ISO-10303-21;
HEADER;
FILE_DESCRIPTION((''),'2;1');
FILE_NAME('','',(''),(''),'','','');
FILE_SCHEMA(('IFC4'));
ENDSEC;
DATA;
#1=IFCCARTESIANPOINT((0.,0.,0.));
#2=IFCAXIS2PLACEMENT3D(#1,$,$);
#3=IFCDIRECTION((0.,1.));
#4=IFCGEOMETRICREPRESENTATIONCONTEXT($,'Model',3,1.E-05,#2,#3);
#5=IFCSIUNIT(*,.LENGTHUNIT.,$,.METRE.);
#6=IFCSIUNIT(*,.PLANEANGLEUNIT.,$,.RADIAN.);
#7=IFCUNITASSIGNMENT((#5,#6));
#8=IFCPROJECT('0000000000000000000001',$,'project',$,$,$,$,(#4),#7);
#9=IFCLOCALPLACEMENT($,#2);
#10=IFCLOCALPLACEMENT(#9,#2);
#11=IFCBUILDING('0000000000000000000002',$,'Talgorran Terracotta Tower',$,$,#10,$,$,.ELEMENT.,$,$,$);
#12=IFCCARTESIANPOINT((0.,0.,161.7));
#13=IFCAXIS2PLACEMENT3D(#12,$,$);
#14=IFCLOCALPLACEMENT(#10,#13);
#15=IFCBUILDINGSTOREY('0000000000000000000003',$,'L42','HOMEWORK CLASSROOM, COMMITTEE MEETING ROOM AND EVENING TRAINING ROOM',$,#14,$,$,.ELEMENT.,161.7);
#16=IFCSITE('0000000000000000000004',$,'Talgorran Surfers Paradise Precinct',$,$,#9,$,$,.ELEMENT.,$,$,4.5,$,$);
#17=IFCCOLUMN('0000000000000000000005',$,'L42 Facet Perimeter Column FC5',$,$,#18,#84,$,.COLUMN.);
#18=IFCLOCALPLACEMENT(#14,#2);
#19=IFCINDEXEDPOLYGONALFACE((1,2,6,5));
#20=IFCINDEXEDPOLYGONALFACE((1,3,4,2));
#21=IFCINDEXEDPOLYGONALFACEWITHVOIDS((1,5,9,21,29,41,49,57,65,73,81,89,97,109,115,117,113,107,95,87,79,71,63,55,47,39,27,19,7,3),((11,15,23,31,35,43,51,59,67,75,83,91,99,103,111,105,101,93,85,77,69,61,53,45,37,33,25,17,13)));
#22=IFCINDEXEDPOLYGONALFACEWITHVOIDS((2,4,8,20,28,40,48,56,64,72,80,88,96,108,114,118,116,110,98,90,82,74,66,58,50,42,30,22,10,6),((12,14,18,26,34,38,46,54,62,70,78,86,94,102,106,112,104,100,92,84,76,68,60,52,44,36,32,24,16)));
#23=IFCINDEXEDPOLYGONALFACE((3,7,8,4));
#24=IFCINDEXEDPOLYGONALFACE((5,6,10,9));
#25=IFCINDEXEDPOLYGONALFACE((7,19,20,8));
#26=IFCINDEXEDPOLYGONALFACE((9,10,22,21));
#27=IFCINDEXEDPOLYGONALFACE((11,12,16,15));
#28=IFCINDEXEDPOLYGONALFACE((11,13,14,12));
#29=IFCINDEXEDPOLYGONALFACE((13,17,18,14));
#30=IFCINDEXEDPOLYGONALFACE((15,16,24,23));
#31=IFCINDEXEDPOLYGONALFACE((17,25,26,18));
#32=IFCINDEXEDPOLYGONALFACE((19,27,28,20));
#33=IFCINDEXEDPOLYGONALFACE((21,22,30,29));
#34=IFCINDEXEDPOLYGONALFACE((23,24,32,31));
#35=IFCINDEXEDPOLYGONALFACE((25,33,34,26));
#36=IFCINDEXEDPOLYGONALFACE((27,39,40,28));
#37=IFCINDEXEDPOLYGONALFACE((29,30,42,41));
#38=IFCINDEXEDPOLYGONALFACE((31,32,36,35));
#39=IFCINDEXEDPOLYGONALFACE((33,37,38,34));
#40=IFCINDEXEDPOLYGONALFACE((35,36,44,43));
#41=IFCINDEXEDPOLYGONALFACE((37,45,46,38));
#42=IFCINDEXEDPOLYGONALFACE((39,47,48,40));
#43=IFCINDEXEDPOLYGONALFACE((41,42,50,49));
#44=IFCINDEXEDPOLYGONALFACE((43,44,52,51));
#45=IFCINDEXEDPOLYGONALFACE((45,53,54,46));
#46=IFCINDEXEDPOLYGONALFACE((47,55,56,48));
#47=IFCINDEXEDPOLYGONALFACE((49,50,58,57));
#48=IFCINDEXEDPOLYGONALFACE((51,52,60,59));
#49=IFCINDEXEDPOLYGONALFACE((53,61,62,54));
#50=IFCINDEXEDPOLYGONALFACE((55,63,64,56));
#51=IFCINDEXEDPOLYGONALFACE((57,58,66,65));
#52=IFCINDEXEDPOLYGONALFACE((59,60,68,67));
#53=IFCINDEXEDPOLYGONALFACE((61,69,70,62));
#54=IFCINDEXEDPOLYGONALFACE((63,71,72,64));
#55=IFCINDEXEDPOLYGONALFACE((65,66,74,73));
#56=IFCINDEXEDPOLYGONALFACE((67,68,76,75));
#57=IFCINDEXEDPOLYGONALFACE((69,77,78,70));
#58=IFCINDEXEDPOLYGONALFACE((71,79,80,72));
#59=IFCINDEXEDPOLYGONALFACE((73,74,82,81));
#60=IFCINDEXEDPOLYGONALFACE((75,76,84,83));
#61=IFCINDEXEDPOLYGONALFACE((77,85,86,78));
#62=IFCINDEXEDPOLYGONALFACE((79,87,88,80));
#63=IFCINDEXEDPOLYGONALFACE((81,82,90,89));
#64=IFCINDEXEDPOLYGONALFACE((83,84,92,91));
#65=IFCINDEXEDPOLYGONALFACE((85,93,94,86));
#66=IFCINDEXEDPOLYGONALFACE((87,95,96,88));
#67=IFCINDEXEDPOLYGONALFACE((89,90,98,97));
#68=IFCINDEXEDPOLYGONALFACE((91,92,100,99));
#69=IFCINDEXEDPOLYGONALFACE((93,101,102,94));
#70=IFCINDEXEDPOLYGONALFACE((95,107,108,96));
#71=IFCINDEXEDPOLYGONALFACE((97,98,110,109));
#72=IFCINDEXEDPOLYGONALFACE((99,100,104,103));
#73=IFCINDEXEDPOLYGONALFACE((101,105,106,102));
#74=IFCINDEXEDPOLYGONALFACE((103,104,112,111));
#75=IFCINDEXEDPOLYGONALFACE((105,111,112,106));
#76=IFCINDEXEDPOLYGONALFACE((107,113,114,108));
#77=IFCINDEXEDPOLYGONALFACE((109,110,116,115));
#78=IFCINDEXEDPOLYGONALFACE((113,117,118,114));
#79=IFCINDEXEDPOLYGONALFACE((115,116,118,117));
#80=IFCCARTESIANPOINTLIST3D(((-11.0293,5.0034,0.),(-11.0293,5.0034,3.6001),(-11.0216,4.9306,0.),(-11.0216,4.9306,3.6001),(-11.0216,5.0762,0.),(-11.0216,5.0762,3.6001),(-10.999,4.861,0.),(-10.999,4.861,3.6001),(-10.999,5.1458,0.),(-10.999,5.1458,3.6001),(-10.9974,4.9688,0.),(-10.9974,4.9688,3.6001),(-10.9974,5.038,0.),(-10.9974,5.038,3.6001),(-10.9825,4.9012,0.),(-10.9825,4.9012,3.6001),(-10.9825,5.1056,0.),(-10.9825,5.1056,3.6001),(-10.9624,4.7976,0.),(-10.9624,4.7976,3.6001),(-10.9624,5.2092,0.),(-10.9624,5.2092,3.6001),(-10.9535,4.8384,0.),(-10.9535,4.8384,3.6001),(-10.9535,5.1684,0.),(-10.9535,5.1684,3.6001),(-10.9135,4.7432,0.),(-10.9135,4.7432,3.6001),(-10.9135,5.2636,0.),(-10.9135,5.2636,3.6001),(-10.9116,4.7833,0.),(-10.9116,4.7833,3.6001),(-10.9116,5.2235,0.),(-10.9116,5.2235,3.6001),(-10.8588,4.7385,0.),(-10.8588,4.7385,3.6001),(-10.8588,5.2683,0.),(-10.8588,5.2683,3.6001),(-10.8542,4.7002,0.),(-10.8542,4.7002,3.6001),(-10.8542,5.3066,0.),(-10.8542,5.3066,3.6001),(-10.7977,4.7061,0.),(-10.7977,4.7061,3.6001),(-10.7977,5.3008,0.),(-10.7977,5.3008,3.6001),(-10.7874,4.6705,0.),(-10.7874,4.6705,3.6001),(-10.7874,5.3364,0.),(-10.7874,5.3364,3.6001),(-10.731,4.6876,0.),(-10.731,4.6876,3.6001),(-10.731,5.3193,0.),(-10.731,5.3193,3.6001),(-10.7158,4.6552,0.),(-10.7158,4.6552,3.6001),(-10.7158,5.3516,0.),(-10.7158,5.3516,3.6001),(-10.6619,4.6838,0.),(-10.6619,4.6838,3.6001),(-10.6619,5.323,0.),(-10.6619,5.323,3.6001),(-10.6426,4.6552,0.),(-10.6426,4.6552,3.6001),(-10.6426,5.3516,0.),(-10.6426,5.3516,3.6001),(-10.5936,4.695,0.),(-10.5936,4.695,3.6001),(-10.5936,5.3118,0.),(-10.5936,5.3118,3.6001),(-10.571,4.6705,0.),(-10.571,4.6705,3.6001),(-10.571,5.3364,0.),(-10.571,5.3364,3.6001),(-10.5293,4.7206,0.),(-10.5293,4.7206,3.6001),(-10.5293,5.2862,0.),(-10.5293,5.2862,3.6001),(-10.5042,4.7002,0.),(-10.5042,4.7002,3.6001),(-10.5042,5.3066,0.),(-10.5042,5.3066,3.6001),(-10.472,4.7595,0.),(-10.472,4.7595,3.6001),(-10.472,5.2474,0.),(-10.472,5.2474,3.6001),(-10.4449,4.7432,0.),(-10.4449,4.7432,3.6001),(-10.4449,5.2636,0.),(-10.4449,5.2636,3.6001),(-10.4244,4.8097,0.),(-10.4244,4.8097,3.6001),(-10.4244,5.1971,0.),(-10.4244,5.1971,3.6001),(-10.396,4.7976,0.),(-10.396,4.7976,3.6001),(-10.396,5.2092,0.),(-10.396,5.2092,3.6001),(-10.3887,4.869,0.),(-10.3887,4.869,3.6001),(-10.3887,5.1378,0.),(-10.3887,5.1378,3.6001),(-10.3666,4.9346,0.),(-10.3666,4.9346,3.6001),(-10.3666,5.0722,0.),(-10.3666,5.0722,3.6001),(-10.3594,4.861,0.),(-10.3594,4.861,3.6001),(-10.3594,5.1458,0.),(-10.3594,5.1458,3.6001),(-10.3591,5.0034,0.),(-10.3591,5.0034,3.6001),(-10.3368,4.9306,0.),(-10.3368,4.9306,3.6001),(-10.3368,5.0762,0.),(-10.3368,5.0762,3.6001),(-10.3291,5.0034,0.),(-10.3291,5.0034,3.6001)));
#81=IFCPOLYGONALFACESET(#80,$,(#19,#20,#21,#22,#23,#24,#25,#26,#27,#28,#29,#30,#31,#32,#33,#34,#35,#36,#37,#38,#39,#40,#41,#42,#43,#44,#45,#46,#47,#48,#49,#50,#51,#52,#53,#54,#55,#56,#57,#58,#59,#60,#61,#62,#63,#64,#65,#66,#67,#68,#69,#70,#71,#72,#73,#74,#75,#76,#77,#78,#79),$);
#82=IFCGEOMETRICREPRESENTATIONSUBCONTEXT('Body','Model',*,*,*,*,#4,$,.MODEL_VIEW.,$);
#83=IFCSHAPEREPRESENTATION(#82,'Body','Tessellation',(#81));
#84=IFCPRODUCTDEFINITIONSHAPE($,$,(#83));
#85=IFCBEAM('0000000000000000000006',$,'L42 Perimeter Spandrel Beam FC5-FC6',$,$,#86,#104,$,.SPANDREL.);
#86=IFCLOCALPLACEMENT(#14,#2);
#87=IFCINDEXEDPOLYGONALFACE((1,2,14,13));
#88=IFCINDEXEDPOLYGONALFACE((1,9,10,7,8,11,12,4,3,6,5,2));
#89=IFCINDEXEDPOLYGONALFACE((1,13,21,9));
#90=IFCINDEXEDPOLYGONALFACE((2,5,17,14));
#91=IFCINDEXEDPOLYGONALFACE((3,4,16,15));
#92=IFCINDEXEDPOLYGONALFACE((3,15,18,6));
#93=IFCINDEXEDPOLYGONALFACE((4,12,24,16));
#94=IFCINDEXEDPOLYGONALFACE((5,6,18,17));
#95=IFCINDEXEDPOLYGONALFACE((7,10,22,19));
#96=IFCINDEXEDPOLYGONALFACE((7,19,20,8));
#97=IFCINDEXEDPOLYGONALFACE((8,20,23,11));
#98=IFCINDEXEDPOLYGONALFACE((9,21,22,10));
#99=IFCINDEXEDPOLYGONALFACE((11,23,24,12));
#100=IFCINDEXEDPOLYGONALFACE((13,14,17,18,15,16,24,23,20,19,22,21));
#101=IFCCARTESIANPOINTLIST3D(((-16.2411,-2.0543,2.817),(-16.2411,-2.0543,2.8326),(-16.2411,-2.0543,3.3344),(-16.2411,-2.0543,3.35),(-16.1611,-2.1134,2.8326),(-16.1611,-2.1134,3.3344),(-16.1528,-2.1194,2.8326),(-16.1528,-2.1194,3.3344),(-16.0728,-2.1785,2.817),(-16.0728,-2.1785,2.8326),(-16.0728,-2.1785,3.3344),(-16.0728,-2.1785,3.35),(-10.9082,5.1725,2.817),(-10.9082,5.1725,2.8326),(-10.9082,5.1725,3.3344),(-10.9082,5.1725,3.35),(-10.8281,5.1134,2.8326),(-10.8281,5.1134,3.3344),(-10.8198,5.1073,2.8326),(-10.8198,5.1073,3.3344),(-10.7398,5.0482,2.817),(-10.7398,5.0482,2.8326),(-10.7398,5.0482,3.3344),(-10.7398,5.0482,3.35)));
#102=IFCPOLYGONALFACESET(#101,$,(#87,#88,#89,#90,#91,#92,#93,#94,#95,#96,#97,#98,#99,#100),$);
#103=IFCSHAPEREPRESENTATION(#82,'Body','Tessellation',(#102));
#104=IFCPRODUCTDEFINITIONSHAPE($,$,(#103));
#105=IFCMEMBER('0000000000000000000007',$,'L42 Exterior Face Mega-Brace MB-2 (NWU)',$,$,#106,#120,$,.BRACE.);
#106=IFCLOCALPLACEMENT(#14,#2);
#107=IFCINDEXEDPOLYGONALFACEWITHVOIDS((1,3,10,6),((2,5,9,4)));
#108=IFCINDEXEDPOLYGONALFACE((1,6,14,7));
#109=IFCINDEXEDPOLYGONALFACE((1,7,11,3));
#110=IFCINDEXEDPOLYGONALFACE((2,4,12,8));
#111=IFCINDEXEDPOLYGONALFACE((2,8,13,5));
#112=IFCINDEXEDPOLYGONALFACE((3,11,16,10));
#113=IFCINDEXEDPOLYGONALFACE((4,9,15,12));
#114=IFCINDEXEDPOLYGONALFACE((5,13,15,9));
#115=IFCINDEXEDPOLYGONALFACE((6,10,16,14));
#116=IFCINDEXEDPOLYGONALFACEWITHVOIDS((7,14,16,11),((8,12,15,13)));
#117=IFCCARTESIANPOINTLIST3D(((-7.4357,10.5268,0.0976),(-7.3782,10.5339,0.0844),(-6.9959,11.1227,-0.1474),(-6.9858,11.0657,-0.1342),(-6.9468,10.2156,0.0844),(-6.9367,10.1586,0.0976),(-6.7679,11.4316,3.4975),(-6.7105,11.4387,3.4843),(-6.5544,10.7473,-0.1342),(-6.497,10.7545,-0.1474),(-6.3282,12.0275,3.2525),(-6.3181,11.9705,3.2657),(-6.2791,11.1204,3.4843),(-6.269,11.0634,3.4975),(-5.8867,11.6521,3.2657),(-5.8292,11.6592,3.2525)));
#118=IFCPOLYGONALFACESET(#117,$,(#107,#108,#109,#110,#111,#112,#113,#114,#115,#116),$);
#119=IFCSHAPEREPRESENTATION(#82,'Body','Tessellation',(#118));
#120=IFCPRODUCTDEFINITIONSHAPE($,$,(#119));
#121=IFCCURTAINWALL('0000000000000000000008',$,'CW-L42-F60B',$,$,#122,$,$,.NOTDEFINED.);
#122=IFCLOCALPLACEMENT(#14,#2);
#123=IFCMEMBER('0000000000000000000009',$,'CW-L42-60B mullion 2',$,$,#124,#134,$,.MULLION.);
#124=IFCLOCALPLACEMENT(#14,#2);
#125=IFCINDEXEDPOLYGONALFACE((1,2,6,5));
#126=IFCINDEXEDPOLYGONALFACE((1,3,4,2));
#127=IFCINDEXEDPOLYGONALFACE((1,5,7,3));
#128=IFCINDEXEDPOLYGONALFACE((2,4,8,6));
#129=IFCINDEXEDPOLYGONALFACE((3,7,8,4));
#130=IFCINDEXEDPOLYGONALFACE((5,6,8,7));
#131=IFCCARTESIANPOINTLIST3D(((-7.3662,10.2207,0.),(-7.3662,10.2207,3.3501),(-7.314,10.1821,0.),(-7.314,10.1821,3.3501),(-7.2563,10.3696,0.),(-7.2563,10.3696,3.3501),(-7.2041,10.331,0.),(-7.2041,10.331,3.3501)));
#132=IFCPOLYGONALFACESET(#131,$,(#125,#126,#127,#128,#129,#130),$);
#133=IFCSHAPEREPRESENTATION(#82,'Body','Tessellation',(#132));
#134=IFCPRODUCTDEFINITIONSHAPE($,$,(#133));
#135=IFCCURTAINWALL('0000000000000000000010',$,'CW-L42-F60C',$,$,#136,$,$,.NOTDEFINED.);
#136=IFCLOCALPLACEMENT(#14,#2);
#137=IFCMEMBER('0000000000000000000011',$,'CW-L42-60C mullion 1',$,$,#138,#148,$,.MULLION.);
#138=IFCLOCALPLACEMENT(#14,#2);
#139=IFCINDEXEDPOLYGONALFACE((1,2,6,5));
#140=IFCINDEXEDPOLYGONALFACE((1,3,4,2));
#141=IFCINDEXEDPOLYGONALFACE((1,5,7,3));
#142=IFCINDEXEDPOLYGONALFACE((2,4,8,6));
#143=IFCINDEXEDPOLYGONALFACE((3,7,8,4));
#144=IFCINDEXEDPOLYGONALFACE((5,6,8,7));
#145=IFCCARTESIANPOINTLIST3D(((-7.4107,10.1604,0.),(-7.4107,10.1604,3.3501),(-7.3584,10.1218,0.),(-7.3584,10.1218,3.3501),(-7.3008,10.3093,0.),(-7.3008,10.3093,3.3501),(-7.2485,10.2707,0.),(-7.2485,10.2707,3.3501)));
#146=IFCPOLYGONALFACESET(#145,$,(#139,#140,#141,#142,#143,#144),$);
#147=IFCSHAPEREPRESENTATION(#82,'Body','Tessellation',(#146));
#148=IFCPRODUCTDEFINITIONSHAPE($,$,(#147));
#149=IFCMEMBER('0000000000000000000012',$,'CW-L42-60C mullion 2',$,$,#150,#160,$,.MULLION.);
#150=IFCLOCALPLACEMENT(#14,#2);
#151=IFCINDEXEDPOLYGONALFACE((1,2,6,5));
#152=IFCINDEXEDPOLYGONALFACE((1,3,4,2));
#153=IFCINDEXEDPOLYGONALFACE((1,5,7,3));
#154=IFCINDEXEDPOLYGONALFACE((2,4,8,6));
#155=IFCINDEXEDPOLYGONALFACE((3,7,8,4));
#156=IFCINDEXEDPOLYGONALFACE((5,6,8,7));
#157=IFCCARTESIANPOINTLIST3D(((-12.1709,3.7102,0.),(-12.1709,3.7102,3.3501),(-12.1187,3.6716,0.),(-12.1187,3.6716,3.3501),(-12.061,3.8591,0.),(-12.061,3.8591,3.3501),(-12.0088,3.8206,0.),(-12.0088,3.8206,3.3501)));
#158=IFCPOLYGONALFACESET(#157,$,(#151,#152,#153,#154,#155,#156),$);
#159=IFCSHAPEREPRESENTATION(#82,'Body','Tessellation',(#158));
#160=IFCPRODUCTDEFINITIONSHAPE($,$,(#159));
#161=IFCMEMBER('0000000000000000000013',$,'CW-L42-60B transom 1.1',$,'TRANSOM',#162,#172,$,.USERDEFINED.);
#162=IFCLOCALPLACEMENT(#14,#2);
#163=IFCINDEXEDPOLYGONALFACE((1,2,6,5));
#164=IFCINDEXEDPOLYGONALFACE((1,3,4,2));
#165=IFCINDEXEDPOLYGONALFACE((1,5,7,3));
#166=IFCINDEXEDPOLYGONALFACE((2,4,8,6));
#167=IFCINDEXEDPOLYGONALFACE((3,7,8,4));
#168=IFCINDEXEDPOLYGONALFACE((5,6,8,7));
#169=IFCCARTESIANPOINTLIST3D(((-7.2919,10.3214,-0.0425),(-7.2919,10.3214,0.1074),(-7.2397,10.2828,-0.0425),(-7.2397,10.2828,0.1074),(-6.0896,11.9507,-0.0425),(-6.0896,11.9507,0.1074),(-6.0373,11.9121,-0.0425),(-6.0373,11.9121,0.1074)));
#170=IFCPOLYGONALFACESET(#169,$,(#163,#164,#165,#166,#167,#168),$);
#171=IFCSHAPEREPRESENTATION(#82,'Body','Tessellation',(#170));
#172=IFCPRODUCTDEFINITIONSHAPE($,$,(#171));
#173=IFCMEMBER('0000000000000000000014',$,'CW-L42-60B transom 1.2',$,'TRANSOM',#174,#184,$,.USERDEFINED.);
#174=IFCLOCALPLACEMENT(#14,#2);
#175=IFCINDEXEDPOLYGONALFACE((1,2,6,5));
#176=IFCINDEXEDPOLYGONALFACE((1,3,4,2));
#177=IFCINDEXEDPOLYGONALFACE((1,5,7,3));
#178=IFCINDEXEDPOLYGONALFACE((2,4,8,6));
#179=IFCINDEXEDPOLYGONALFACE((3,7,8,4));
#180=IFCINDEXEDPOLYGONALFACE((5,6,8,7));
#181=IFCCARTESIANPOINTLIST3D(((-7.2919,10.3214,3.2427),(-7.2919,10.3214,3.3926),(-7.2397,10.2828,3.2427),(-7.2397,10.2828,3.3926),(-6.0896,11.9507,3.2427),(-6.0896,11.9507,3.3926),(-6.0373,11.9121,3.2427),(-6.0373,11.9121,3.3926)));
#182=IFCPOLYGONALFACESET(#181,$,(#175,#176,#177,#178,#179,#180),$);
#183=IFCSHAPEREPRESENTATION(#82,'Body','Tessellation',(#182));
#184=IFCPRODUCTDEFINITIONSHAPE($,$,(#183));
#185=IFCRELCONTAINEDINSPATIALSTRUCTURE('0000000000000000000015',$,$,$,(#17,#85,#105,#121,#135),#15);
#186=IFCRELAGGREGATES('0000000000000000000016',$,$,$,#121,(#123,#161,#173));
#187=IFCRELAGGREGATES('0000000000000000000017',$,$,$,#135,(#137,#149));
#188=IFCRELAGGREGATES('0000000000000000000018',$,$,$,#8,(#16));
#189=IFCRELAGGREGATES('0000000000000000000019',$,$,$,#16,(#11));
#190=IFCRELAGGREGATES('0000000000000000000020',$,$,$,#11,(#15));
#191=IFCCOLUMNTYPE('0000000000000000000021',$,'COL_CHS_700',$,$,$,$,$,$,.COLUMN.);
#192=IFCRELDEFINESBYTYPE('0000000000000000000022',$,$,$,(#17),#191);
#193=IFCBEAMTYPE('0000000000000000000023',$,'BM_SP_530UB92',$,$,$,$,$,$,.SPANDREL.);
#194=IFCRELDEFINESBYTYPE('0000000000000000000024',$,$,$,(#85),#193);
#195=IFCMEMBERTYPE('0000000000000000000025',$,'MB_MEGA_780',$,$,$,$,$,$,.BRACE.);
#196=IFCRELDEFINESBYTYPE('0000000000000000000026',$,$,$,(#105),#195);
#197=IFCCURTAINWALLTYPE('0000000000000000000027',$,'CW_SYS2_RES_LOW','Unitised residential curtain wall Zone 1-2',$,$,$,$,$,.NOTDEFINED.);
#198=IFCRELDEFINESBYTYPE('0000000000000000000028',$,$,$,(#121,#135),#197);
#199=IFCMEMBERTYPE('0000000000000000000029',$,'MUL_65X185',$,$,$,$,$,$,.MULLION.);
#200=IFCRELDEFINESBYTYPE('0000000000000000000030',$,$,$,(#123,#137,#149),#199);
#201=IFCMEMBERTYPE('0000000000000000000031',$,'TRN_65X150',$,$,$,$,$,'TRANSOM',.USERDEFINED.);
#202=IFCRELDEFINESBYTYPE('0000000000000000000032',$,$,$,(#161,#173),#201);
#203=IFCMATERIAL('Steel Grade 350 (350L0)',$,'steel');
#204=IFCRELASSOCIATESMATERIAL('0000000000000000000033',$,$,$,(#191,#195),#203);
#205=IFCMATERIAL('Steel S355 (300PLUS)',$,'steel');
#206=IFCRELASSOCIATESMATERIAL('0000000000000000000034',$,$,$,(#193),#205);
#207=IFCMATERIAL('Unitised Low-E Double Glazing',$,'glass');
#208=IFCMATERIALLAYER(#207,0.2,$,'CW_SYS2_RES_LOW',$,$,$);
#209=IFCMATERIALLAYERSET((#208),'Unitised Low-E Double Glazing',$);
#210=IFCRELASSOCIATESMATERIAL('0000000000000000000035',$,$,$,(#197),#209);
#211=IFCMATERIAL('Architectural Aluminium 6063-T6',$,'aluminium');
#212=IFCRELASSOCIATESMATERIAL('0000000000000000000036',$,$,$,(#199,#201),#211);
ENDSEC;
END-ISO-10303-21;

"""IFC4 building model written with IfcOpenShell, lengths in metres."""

from ifc_helpers import new_model, si_unit, direction, frame, origin, origin_2d, place, context, subcontext, project, spatial, rectangle, hollow_rectangle, hollow_circle, i_section, extrude, material, layer, layer_set, material_profile, profile_set, type_object, element, aggregate, save


model = new_model("IFC4")

# Units and contexts
model_context = context("Model", 3, precision=1e-05, world=origin(), true_north=direction((0.0, 1.0)))
body_context = subcontext(model_context, "Body", "Model", "MODEL_VIEW")
ifc_project = project(units=[si_unit("LENGTHUNIT", "METRE"), si_unit("PLANEANGLEUNIT", "RADIAN")], contexts=[model_context])

# Site, building, storey
site_placement = place(None, origin())
site = spatial("IfcSite", under=ifc_project, at=site_placement, Name="Talgorran Surfers Paradise Precinct", CompositionType="ELEMENT", RefElevation=4.5)
building_placement = place(site_placement, origin())
building = spatial("IfcBuilding", under=site, at=building_placement, Name="Talgorran Terracotta Tower", CompositionType="ELEMENT")
storey_placement = place(building_placement, frame((0.0, 0.0, 161.7)))
storey = spatial("IfcBuildingStorey", under=building, at=storey_placement, Name="L42", Description="HOMEWORK CLASSROOM, COMMITTEE MEETING ROOM AND EVENING TRAINING ROOM", CompositionType="ELEMENT", Elevation=161.7)

# Column
ifc_material_1 = material(Name="Steel Grade 350 (350L0)", Category="steel")
ifc_material_profile_1 = material_profile(ifc_material_1, hollow_circle(Radius=0.3501, WallThickness=0.03, at=origin_2d()), Name="CHS700X30")
ifc_profile_set_1 = profile_set([ifc_material_profile_1], Name="Steel Grade 350 (350L0)")
column_type = type_object("IfcColumnType", Name="COL_CHS_700", PredefinedType="COLUMN", material=ifc_profile_set_1)
column_placement = place(storey_placement, frame((-10.6792, 5.0034, 0.0), z_axis=(0.0, 0.0, 1.0), x_axis=(1.0, 0.0, 0.0)))
element("IfcColumn", 1, at=column_placement, inside=storey, type_object=column_type, Name="L42 Facet Perimeter Column FC5", PredefinedType="COLUMN", context=body_context, shape_type="SweptSolid", body=[
    extrude(hollow_circle(Radius=0.3501, WallThickness=0.03, at=origin_2d()), origin(), (0.0, 0.0, 1.0), 3.6001),
])

# Beam
ifc_material_2 = material(Name="Steel S355 (300PLUS)", Category="steel")
ifc_material_profile_2 = material_profile(ifc_material_2, i_section(OverallWidth=0.2092, OverallDepth=0.533, WebThickness=0.0103, FlangeThickness=0.0156, at=origin_2d()), Name="530UB92.4")
ifc_profile_set_2 = profile_set([ifc_material_profile_2], Name="Steel S355 (300PLUS)")
beam_type = type_object("IfcBeamType", Name="BM_SP_530UB92", PredefinedType="SPANDREL", material=ifc_profile_set_2)
beam_placement = place(storey_placement, frame((-10.824, 5.1104, 3.0835), z_axis=(-0.593776, -0.804631, 0.0), x_axis=(0.804631, -0.593776, 0.0)))
element("IfcBeam", 2, at=beam_placement, inside=storey, type_object=beam_type, Name="L42 Perimeter Spandrel Beam FC5-FC6", PredefinedType="SPANDREL", context=body_context, shape_type="SweptSolid", body=[
    extrude(i_section(OverallWidth=0.2092, OverallDepth=0.533, WebThickness=0.0103, FlangeThickness=0.0156, at=origin_2d()), origin(), (0.0, 0.0, 1.0), 8.9814),
])

# Member
ifc_material_profile_3 = material_profile(ifc_material_1, hollow_rectangle(XDim=0.6201, YDim=0.78, WallThickness=0.042, at=origin_2d()), Name="WBOX780X620X42")
ifc_profile_set_3 = profile_set([ifc_material_profile_3], Name="Steel Grade 350 (350L0)")
member_type_1 = type_object("IfcMemberType", Name="MB_MEGA_780", PredefinedType="BRACE", material=ifc_profile_set_3)
member_1_placement = place(storey_placement, frame((-6.9663, 10.6406, -0.0249), z_axis=(0.186461, 0.25266, 0.949418), x_axis=(-0.804614, 0.593799, 0.0)))
element("IfcMember", 3, at=member_1_placement, inside=storey, type_object=member_type_1, Name="L42 Exterior Face Mega-Brace MB-2 (NWU)", PredefinedType="BRACE", context=body_context, shape_type="SweptSolid", body=[
    extrude(hollow_rectangle(XDim=0.6201, YDim=0.78, WallThickness=0.042, at=origin_2d()), origin(), (0.0, 0.0, 1.0), 3.5811),
])

# Curtain wall, member
ifc_material_3 = material(Name="Unitised Low-E Double Glazing", Category="glass")
ifc_layer_1 = layer(ifc_material_3, 0.2, Name="CW_SYS2_RES_LOW")
ifc_layer_set_1 = layer_set([ifc_layer_1], Name="Unitised Low-E Double Glazing")
curtain_wall_type = type_object("IfcCurtainWallType", Name="CW_SYS2_RES_LOW", Description="Unitised residential curtain wall Zone 1-2", PredefinedType="NOTDEFINED", material=ifc_layer_set_1)
curtain_wall_1_placement = place(storey_placement, origin())
curtain_wall_1 = element("IfcCurtainWall", 4, at=curtain_wall_1_placement, inside=storey, type_object=curtain_wall_type, Name="CW-L42-F60B", PredefinedType="NOTDEFINED")
ifc_material_4 = material(Name="Architectural Aluminium 6063-T6", Category="aluminium")
ifc_material_profile_4 = material_profile(ifc_material_4, rectangle(XDim=0.0649, YDim=0.1851, at=origin_2d()), Name="CWM65X185")
ifc_profile_set_4 = profile_set([ifc_material_profile_4], Name="Architectural Aluminium 6063-T6")
member_type_2 = type_object("IfcMemberType", Name="MUL_65X185", PredefinedType="MULLION", material=ifc_profile_set_4)
member_2_placement = place(storey_placement, frame((-7.2852, 10.2759, 0.0), z_axis=(0.0, 0.0, 1.0), x_axis=(0.804615, -0.593797, 0.0)))
member_2 = element("IfcMember", 5, at=member_2_placement, type_object=member_type_2, Name="CW-L42-60B mullion 2", PredefinedType="MULLION", context=body_context, shape_type="SweptSolid", body=[
    extrude(rectangle(XDim=0.0649, YDim=0.1851, at=origin_2d()), origin(), (0.0, 0.0, 1.0), 3.3501),
])

# Curtain wall, members
curtain_wall_2_placement = place(storey_placement, origin())
curtain_wall_2 = element("IfcCurtainWall", 6, at=curtain_wall_2_placement, inside=storey, type_object=curtain_wall_type, Name="CW-L42-F60C", PredefinedType="NOTDEFINED")
member_3_placement = place(storey_placement, frame((-7.3296, 10.2156, 0.0), z_axis=(0.0, 0.0, 1.0), x_axis=(0.804624, -0.593785, 0.0)))
member_3 = element("IfcMember", 7, at=member_3_placement, type_object=member_type_2, Name="CW-L42-60C mullion 1", PredefinedType="MULLION", context=body_context, shape_type="SweptSolid", body=[
    extrude(rectangle(XDim=0.0649, YDim=0.1851, at=origin_2d()), origin(), (0.0, 0.0, 1.0), 3.3501),
])
member_4_placement = place(storey_placement, frame((-12.0898, 3.7654, 0.0), z_axis=(0.0, 0.0, 1.0), x_axis=(0.804624, -0.593785, 0.0)))
member_4 = element("IfcMember", 8, at=member_4_placement, type_object=member_type_2, Name="CW-L42-60C mullion 2", PredefinedType="MULLION", context=body_context, shape_type="SweptSolid", body=[
    extrude(rectangle(XDim=0.0649, YDim=0.1851, at=origin_2d()), origin(), (0.0, 0.0, 1.0), 3.3501),
])

# Members
ifc_material_profile_5 = material_profile(ifc_material_4, rectangle(XDim=0.0649, YDim=0.1499, at=origin_2d()), Name="CWT65X150")
ifc_profile_set_5 = profile_set([ifc_material_profile_5], Name="Architectural Aluminium 6063-T6")
member_type_3 = type_object("IfcMemberType", Name="TRN_65X150", ElementType="TRANSOM", PredefinedType="USERDEFINED", material=ifc_profile_set_5)
member_5_placement = place(storey_placement, frame((-6.0635, 11.9314, 0.0325), z_axis=(-0.593771, -0.804634, 0.0), x_axis=(0.804634, -0.593771, 0.0)))
member_5 = element("IfcMember", 9, at=member_5_placement, type_object=member_type_3, Name="CW-L42-60B transom 1.1", ObjectType="TRANSOM", PredefinedType="USERDEFINED", context=body_context, shape_type="SweptSolid", body=[
    extrude(rectangle(XDim=0.0649, YDim=0.1499, at=origin_2d()), origin(), (0.0, 0.0, 1.0), 2.0249),
])
member_6_placement = place(storey_placement, frame((-6.0635, 11.9314, 3.3176), z_axis=(-0.593771, -0.804634, 0.0), x_axis=(0.804634, -0.593771, 0.0)))
member_6 = element("IfcMember", 10, at=member_6_placement, type_object=member_type_3, Name="CW-L42-60B transom 1.2", ObjectType="TRANSOM", PredefinedType="USERDEFINED", context=body_context, shape_type="SweptSolid", body=[
    extrude(rectangle(XDim=0.0649, YDim=0.1499, at=origin_2d()), origin(), (0.0, 0.0, 1.0), 2.0249),
])

aggregate(curtain_wall_1, [member_2, member_5, member_6])
aggregate(curtain_wall_2, [member_3, member_4])

save(model, "model.ifc")
